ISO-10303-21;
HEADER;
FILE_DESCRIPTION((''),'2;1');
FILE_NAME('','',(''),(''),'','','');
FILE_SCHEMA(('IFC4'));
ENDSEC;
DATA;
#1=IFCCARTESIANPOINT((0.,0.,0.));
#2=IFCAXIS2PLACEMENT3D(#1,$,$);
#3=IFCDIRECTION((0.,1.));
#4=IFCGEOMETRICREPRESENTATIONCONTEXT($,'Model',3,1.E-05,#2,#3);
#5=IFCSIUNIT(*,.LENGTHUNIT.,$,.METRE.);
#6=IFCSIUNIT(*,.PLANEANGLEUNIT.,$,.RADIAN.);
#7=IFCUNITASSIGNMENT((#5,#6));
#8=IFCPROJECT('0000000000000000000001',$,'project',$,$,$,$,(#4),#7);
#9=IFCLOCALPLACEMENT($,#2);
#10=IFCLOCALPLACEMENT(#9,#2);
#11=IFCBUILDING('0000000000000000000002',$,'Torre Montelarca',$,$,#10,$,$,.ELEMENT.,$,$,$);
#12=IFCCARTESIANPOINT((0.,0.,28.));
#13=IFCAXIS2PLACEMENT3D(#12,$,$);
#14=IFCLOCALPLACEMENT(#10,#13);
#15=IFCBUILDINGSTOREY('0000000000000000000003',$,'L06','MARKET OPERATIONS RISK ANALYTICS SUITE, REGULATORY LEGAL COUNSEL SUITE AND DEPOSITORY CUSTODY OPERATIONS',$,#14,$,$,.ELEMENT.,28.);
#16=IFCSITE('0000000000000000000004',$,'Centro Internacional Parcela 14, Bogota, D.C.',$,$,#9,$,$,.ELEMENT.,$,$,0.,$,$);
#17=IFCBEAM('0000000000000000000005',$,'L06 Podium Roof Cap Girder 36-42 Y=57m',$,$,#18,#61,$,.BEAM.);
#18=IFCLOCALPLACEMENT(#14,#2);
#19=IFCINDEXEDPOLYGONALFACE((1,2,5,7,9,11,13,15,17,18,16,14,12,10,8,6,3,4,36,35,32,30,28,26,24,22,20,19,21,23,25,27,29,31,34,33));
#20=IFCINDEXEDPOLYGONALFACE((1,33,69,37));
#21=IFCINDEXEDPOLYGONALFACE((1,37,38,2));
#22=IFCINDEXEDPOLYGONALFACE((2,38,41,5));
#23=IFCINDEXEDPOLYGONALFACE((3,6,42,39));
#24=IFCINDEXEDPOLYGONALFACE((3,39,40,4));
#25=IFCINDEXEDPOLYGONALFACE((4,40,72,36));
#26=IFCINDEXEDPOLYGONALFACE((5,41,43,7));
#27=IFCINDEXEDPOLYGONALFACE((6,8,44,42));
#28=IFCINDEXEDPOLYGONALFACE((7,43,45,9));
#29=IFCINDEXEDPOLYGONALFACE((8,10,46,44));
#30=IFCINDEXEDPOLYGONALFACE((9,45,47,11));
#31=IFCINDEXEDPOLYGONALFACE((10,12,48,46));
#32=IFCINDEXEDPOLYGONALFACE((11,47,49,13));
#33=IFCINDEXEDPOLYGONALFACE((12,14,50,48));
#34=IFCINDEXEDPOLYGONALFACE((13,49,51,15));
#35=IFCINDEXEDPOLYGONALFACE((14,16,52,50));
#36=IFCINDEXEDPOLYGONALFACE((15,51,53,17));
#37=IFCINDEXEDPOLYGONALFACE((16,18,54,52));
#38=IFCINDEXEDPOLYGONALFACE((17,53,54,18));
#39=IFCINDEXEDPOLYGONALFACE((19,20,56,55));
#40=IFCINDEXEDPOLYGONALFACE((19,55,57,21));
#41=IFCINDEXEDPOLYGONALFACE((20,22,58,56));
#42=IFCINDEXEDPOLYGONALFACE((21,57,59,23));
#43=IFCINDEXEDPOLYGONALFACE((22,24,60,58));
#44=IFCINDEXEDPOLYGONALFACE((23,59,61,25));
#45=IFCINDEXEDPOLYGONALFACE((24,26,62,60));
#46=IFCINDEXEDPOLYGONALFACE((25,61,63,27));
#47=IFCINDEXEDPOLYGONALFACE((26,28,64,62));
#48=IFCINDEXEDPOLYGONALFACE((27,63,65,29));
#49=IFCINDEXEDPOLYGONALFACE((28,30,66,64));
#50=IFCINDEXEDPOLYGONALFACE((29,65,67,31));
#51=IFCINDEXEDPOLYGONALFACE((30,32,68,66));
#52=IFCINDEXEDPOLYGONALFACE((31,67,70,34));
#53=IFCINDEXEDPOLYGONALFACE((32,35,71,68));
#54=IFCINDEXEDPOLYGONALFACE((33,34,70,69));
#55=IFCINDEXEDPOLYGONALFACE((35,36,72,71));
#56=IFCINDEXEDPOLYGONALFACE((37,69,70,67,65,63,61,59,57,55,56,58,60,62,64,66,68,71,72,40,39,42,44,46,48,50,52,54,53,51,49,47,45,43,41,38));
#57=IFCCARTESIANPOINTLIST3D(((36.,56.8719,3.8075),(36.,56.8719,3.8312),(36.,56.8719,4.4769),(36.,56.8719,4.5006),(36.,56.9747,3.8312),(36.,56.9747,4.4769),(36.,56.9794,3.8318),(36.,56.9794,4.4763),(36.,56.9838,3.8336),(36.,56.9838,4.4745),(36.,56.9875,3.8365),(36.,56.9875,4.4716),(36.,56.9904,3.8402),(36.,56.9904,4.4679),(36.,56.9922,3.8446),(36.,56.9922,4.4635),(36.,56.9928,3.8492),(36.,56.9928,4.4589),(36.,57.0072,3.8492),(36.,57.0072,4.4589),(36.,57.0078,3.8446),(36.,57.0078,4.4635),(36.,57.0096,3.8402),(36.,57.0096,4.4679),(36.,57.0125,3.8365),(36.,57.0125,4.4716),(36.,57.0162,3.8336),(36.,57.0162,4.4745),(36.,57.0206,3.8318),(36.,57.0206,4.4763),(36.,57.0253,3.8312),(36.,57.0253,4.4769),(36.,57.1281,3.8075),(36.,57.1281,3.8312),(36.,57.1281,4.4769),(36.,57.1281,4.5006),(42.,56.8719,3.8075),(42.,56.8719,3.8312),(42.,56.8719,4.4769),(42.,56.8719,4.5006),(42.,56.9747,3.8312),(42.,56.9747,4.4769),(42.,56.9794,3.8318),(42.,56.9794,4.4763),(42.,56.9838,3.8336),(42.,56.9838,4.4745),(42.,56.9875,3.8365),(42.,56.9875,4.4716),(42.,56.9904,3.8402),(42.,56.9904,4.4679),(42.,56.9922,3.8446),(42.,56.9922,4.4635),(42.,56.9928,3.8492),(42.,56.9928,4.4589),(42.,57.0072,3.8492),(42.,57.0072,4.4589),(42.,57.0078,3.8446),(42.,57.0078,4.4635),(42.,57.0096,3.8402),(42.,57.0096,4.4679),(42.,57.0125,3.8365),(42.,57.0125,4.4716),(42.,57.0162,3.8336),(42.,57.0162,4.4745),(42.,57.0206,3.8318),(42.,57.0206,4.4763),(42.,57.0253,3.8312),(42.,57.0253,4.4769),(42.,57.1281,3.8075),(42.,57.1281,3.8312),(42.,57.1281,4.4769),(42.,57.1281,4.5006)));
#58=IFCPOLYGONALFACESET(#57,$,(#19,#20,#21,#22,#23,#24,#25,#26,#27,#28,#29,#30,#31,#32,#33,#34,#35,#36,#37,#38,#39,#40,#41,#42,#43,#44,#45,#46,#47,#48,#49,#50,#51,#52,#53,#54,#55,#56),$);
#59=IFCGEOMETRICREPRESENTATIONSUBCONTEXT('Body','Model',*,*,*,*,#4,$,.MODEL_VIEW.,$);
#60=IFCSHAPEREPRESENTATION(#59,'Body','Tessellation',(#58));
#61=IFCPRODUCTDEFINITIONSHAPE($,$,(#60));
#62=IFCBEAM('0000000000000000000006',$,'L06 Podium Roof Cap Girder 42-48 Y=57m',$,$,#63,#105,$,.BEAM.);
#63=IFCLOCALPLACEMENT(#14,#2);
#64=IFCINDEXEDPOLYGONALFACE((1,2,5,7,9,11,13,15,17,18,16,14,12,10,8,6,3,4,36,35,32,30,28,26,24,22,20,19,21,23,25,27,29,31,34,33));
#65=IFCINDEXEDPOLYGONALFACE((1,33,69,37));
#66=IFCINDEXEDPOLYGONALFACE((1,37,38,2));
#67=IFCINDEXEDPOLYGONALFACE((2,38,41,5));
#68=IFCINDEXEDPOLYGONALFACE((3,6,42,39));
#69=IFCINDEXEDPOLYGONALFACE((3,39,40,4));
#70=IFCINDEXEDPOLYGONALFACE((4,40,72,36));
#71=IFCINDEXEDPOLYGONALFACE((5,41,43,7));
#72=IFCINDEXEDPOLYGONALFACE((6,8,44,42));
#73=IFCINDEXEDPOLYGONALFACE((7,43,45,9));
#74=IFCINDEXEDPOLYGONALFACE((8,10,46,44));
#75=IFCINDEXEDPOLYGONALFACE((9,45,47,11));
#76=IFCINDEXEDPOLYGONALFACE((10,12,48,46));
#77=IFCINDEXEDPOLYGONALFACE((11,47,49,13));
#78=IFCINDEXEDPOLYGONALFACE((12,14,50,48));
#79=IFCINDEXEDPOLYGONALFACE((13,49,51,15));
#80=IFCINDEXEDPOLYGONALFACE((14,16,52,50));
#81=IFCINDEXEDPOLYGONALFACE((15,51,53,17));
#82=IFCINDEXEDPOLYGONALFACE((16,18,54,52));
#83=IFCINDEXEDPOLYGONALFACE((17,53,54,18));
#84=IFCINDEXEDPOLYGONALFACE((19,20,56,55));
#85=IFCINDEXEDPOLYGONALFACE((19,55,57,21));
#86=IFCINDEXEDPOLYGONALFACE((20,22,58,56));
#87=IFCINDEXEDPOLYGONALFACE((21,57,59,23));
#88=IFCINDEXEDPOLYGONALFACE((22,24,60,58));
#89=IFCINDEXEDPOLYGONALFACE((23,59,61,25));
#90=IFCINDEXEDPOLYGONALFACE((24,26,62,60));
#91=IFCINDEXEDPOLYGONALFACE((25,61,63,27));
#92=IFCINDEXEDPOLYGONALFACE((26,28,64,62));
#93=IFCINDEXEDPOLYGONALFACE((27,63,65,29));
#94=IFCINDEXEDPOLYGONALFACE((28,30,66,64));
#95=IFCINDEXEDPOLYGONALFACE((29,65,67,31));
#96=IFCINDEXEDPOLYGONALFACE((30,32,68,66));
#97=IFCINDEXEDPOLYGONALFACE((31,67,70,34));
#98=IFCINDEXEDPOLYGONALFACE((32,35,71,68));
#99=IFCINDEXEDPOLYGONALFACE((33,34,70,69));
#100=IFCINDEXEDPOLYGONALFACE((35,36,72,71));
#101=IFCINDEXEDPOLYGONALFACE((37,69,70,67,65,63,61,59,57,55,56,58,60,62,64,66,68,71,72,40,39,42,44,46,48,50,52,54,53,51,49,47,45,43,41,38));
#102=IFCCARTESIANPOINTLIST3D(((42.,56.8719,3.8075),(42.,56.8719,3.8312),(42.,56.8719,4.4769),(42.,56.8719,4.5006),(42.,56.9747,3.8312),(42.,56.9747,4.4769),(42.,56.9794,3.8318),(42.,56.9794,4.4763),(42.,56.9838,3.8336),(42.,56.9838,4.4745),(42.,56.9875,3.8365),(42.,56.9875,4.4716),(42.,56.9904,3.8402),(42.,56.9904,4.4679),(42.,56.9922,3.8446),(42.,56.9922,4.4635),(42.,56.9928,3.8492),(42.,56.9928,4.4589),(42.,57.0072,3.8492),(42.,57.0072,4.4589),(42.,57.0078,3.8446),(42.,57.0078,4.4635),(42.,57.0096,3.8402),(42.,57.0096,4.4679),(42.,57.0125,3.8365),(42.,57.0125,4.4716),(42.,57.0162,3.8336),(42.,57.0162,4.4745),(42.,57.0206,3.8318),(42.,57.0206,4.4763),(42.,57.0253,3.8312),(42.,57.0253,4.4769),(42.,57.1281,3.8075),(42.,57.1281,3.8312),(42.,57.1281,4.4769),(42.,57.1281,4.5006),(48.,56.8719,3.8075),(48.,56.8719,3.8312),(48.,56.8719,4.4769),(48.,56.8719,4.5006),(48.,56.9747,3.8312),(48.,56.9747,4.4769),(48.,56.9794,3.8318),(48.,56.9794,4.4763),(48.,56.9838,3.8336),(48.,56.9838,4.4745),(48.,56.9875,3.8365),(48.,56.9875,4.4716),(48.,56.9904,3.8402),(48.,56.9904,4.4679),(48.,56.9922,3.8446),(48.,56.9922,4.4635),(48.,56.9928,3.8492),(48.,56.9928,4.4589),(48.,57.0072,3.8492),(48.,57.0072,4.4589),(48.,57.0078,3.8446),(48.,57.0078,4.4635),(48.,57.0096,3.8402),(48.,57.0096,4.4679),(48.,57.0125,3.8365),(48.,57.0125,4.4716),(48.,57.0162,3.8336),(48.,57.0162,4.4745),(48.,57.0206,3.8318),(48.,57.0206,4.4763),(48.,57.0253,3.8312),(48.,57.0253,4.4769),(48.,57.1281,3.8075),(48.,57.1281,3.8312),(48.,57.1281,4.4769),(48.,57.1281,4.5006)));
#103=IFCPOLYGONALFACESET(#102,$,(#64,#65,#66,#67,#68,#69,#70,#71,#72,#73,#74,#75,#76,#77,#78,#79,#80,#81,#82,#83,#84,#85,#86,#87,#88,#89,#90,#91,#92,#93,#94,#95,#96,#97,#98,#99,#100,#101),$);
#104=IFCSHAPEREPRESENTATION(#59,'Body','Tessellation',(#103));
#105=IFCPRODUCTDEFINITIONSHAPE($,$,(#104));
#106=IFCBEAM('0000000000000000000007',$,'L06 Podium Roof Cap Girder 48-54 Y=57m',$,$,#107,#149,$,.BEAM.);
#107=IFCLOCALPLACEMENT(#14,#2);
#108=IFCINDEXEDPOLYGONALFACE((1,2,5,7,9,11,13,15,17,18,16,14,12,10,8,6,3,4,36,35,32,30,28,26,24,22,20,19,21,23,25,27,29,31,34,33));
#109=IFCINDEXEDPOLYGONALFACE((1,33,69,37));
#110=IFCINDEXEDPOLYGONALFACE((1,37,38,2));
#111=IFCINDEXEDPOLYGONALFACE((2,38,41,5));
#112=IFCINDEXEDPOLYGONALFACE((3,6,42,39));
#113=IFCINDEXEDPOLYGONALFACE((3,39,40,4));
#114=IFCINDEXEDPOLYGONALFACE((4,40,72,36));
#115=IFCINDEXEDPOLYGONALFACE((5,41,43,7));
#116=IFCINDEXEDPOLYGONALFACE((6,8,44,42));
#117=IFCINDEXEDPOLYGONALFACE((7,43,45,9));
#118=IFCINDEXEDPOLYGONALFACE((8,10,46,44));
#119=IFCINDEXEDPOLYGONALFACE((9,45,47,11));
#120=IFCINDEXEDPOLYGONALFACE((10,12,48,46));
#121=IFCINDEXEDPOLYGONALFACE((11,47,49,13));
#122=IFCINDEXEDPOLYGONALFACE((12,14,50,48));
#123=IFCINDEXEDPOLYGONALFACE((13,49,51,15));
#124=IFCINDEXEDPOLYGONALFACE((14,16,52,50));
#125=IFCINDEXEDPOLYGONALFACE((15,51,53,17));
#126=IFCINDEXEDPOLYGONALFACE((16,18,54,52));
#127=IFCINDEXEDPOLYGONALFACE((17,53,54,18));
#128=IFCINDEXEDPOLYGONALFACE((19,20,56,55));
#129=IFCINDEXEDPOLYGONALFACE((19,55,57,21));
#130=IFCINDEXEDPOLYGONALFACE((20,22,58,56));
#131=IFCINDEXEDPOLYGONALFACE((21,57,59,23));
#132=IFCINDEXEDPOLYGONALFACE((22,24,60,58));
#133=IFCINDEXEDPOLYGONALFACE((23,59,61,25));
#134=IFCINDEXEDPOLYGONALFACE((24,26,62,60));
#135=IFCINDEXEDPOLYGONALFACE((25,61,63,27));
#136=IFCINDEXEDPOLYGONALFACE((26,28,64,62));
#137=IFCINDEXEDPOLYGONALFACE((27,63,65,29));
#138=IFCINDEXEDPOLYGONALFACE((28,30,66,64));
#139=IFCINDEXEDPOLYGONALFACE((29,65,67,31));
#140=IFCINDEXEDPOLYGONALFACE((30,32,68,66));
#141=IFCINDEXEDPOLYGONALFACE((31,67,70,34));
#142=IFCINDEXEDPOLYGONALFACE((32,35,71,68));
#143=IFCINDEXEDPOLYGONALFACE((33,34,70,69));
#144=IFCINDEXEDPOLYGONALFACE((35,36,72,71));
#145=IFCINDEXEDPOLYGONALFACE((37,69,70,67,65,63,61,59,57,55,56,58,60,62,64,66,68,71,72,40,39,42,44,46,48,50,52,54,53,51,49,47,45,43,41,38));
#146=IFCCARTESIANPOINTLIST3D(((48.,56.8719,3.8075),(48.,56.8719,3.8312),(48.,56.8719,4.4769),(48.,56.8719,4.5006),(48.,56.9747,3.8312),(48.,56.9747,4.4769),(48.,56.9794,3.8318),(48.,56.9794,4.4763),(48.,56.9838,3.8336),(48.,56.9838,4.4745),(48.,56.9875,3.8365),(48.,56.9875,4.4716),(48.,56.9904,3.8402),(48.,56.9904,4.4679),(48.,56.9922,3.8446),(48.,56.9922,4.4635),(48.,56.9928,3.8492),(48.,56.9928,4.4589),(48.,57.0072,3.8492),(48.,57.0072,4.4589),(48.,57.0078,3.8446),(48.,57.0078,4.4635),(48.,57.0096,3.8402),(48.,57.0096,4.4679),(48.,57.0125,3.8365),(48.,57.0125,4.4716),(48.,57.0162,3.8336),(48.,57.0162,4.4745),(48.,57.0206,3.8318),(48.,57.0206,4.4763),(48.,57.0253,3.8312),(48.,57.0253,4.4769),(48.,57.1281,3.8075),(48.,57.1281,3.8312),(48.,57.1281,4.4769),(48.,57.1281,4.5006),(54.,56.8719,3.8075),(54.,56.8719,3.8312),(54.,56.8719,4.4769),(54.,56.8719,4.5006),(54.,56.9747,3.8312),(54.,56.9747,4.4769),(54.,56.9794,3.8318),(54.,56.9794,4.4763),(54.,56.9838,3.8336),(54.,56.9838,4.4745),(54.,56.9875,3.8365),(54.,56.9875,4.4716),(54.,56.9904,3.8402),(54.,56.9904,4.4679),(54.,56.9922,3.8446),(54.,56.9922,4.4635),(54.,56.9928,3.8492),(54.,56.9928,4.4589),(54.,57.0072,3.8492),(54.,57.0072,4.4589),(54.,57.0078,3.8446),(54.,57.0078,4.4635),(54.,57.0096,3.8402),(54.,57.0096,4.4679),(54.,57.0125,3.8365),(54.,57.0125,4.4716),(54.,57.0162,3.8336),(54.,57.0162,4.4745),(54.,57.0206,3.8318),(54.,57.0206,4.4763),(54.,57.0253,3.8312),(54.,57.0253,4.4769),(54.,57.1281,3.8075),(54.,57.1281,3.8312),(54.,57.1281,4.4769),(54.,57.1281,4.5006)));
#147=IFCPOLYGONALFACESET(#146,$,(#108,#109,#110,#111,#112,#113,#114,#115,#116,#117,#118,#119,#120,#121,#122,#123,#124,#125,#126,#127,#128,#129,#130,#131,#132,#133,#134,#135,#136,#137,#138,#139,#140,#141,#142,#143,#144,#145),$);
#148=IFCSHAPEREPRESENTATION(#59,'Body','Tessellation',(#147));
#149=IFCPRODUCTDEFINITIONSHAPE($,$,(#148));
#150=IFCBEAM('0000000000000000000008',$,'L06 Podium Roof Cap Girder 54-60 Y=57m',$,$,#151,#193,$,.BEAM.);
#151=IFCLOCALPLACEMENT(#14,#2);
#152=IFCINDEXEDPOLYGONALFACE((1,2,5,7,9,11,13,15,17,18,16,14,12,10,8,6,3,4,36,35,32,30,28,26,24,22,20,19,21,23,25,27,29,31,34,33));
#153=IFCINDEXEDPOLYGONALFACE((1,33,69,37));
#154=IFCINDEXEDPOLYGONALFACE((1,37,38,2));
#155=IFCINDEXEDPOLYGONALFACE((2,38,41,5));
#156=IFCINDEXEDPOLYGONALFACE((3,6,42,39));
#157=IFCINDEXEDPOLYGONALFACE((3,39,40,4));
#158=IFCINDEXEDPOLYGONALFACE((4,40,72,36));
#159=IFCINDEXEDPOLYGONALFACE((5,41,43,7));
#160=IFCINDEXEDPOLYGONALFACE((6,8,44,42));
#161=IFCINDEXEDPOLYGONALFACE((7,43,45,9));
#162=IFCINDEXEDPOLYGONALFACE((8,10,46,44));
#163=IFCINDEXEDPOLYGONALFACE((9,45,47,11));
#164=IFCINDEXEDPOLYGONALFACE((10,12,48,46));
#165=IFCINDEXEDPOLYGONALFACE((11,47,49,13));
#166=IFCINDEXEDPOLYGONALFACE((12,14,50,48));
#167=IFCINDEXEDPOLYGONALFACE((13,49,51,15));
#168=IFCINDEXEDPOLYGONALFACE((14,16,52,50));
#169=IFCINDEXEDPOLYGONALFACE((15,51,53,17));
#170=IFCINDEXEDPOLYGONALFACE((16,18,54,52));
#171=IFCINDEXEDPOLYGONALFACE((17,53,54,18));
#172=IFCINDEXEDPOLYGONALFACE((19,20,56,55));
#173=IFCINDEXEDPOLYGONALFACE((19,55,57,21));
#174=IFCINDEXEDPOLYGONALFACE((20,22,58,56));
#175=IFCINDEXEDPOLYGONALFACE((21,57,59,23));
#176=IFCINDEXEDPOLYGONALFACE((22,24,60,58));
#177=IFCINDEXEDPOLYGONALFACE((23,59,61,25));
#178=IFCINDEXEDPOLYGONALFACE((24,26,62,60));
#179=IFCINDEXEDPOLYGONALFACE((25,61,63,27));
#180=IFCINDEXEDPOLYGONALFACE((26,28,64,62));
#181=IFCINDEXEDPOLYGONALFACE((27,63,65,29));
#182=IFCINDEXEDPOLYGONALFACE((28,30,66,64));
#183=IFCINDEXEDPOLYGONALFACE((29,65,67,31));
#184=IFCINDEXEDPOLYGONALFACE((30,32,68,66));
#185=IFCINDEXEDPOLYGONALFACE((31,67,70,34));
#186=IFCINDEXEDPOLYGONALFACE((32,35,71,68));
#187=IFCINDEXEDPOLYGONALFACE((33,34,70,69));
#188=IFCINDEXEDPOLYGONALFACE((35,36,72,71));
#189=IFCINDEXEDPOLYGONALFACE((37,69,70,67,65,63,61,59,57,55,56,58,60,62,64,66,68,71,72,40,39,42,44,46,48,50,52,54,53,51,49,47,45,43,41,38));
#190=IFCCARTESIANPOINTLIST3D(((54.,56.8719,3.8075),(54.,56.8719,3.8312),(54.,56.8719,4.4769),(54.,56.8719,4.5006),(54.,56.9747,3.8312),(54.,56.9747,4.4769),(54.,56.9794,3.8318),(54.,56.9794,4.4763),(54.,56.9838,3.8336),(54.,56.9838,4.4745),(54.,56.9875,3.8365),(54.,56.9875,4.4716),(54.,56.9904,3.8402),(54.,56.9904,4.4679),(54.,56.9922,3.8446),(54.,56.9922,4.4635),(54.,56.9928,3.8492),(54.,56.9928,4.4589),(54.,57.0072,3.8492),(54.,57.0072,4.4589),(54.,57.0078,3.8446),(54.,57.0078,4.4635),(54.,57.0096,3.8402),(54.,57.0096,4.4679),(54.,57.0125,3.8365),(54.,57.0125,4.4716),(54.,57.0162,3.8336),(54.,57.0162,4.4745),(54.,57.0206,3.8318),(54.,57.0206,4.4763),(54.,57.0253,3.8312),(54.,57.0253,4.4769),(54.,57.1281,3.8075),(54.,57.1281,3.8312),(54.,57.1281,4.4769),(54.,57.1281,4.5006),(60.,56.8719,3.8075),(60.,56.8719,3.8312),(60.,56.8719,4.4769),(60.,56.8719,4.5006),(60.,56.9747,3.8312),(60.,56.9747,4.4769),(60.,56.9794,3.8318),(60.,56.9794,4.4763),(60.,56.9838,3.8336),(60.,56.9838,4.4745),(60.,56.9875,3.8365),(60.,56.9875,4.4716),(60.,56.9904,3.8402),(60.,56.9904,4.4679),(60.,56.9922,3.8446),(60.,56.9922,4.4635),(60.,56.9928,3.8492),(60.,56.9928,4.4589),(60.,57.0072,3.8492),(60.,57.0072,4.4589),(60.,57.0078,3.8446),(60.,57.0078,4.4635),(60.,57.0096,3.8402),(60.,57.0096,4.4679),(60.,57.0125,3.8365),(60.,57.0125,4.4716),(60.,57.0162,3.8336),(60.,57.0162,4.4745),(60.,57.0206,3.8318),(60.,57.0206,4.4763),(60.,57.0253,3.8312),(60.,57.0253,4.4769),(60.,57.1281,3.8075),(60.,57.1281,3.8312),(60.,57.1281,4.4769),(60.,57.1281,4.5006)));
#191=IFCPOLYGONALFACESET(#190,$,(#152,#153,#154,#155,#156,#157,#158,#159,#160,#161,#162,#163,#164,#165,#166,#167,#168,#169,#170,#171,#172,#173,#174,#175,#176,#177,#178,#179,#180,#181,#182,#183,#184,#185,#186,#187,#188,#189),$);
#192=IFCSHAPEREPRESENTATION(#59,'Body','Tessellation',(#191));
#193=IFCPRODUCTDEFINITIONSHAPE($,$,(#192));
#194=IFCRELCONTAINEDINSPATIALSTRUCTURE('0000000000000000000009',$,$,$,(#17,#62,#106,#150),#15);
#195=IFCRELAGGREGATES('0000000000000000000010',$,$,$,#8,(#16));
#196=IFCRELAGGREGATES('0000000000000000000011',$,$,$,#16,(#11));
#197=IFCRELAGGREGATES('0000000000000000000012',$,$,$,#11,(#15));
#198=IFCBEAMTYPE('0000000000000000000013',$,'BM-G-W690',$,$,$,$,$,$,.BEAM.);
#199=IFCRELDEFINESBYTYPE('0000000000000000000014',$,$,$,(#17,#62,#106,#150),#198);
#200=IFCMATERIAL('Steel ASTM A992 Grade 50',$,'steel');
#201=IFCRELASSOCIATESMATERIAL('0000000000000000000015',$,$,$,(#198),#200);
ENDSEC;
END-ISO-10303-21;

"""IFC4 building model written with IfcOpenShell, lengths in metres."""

from ifc_helpers import new_model, si_unit, direction, frame, origin, origin_2d, place, context, subcontext, project, spatial, i_section, extrude, source, transform, mapped, material, material_profile, profile_set, type_object, element, save


model = new_model("IFC4")

# Units and contexts
model_context = context("Model", 3, precision=1e-05, world=origin(), true_north=direction((0.0, 1.0)))
body_context = subcontext(model_context, "Body", "Model", "MODEL_VIEW")
ifc_project = project(units=[si_unit("LENGTHUNIT", "METRE"), si_unit("PLANEANGLEUNIT", "RADIAN")], contexts=[model_context])

# Site, building, storey
site_placement = place(None, origin())
site = spatial("IfcSite", under=ifc_project, at=site_placement, Name="Centro Internacional Parcela 14, Bogota, D.C.", CompositionType="ELEMENT", RefElevation=0.0)
building_placement = place(site_placement, origin())
building = spatial("IfcBuilding", under=site, at=building_placement, Name="Torre Montelarca", CompositionType="ELEMENT")
storey_placement = place(building_placement, frame((0.0, 0.0, 28.0)))
storey = spatial("IfcBuildingStorey", under=building, at=storey_placement, Name="L06", Description="MARKET OPERATIONS RISK ANALYTICS SUITE, REGULATORY LEGAL COUNSEL SUITE AND DEPOSITORY CUSTODY OPERATIONS", CompositionType="ELEMENT", Elevation=28.0)

# Shared definitions
ifc_material_1 = material(Name="Steel ASTM A992 Grade 50", Category="steel")

# Beams
ifc_material_profile_1 = material_profile(ifc_material_1, i_section(OverallWidth=0.2561, OverallDepth=0.6931, WebThickness=0.0144, FlangeThickness=0.0237, FilletRadius=0.0181, at=origin_2d()), Name="W690X170", Category="steel")
ifc_profile_set_1 = profile_set([ifc_material_profile_1], Name="Steel ASTM A992 Grade 50")
beam_type_1 = type_object("IfcBeamType", Name="BM-G-W690", PredefinedType="BEAM", material=ifc_profile_set_1)
shared_shape_1 = source(origin(), body_context, "Body", "SweptSolid", [
    extrude(i_section(OverallWidth=0.2561, OverallDepth=0.6931, WebThickness=0.0144, FlangeThickness=0.0237, FilletRadius=0.0181, at=origin_2d()), origin(), (0.0, 0.0, 1.0), 6.0),
])
for number, where, z_axis, x_axis, name in (
    (1, (36.0, 57.0, 4.1541), (1.0, 0.0, 0.0), (0.0, 1.0, 0.0), "L06 Podium Roof Cap Girder 36-42 Y=57m"),
    (2, (42.0, 57.0, 4.1541), (1.0, 0.0, 0.0), (0.0, 1.0, 0.0), "L06 Podium Roof Cap Girder 42-48 Y=57m"),
    (3, (48.0, 57.0, 4.1541), (1.0, 0.0, 0.0), (0.0, 1.0, 0.0), "L06 Podium Roof Cap Girder 48-54 Y=57m"),
    (4, (54.0, 57.0, 4.1541), (1.0, 0.0, 0.0), (0.0, 1.0, 0.0), "L06 Podium Roof Cap Girder 54-60 Y=57m"),
):
    element("IfcBeam", number, at=place(storey_placement, frame(where, z_axis=z_axis, x_axis=x_axis)), inside=storey, type_object=beam_type_1, Name=name, PredefinedType="BEAM", context=body_context, shape_type="MappedRepresentation", body=[
        mapped(shared_shape_1, transform((0.0, 0.0, 0.0), scale=1.0)),
    ])

save(model, "model.ifc")
